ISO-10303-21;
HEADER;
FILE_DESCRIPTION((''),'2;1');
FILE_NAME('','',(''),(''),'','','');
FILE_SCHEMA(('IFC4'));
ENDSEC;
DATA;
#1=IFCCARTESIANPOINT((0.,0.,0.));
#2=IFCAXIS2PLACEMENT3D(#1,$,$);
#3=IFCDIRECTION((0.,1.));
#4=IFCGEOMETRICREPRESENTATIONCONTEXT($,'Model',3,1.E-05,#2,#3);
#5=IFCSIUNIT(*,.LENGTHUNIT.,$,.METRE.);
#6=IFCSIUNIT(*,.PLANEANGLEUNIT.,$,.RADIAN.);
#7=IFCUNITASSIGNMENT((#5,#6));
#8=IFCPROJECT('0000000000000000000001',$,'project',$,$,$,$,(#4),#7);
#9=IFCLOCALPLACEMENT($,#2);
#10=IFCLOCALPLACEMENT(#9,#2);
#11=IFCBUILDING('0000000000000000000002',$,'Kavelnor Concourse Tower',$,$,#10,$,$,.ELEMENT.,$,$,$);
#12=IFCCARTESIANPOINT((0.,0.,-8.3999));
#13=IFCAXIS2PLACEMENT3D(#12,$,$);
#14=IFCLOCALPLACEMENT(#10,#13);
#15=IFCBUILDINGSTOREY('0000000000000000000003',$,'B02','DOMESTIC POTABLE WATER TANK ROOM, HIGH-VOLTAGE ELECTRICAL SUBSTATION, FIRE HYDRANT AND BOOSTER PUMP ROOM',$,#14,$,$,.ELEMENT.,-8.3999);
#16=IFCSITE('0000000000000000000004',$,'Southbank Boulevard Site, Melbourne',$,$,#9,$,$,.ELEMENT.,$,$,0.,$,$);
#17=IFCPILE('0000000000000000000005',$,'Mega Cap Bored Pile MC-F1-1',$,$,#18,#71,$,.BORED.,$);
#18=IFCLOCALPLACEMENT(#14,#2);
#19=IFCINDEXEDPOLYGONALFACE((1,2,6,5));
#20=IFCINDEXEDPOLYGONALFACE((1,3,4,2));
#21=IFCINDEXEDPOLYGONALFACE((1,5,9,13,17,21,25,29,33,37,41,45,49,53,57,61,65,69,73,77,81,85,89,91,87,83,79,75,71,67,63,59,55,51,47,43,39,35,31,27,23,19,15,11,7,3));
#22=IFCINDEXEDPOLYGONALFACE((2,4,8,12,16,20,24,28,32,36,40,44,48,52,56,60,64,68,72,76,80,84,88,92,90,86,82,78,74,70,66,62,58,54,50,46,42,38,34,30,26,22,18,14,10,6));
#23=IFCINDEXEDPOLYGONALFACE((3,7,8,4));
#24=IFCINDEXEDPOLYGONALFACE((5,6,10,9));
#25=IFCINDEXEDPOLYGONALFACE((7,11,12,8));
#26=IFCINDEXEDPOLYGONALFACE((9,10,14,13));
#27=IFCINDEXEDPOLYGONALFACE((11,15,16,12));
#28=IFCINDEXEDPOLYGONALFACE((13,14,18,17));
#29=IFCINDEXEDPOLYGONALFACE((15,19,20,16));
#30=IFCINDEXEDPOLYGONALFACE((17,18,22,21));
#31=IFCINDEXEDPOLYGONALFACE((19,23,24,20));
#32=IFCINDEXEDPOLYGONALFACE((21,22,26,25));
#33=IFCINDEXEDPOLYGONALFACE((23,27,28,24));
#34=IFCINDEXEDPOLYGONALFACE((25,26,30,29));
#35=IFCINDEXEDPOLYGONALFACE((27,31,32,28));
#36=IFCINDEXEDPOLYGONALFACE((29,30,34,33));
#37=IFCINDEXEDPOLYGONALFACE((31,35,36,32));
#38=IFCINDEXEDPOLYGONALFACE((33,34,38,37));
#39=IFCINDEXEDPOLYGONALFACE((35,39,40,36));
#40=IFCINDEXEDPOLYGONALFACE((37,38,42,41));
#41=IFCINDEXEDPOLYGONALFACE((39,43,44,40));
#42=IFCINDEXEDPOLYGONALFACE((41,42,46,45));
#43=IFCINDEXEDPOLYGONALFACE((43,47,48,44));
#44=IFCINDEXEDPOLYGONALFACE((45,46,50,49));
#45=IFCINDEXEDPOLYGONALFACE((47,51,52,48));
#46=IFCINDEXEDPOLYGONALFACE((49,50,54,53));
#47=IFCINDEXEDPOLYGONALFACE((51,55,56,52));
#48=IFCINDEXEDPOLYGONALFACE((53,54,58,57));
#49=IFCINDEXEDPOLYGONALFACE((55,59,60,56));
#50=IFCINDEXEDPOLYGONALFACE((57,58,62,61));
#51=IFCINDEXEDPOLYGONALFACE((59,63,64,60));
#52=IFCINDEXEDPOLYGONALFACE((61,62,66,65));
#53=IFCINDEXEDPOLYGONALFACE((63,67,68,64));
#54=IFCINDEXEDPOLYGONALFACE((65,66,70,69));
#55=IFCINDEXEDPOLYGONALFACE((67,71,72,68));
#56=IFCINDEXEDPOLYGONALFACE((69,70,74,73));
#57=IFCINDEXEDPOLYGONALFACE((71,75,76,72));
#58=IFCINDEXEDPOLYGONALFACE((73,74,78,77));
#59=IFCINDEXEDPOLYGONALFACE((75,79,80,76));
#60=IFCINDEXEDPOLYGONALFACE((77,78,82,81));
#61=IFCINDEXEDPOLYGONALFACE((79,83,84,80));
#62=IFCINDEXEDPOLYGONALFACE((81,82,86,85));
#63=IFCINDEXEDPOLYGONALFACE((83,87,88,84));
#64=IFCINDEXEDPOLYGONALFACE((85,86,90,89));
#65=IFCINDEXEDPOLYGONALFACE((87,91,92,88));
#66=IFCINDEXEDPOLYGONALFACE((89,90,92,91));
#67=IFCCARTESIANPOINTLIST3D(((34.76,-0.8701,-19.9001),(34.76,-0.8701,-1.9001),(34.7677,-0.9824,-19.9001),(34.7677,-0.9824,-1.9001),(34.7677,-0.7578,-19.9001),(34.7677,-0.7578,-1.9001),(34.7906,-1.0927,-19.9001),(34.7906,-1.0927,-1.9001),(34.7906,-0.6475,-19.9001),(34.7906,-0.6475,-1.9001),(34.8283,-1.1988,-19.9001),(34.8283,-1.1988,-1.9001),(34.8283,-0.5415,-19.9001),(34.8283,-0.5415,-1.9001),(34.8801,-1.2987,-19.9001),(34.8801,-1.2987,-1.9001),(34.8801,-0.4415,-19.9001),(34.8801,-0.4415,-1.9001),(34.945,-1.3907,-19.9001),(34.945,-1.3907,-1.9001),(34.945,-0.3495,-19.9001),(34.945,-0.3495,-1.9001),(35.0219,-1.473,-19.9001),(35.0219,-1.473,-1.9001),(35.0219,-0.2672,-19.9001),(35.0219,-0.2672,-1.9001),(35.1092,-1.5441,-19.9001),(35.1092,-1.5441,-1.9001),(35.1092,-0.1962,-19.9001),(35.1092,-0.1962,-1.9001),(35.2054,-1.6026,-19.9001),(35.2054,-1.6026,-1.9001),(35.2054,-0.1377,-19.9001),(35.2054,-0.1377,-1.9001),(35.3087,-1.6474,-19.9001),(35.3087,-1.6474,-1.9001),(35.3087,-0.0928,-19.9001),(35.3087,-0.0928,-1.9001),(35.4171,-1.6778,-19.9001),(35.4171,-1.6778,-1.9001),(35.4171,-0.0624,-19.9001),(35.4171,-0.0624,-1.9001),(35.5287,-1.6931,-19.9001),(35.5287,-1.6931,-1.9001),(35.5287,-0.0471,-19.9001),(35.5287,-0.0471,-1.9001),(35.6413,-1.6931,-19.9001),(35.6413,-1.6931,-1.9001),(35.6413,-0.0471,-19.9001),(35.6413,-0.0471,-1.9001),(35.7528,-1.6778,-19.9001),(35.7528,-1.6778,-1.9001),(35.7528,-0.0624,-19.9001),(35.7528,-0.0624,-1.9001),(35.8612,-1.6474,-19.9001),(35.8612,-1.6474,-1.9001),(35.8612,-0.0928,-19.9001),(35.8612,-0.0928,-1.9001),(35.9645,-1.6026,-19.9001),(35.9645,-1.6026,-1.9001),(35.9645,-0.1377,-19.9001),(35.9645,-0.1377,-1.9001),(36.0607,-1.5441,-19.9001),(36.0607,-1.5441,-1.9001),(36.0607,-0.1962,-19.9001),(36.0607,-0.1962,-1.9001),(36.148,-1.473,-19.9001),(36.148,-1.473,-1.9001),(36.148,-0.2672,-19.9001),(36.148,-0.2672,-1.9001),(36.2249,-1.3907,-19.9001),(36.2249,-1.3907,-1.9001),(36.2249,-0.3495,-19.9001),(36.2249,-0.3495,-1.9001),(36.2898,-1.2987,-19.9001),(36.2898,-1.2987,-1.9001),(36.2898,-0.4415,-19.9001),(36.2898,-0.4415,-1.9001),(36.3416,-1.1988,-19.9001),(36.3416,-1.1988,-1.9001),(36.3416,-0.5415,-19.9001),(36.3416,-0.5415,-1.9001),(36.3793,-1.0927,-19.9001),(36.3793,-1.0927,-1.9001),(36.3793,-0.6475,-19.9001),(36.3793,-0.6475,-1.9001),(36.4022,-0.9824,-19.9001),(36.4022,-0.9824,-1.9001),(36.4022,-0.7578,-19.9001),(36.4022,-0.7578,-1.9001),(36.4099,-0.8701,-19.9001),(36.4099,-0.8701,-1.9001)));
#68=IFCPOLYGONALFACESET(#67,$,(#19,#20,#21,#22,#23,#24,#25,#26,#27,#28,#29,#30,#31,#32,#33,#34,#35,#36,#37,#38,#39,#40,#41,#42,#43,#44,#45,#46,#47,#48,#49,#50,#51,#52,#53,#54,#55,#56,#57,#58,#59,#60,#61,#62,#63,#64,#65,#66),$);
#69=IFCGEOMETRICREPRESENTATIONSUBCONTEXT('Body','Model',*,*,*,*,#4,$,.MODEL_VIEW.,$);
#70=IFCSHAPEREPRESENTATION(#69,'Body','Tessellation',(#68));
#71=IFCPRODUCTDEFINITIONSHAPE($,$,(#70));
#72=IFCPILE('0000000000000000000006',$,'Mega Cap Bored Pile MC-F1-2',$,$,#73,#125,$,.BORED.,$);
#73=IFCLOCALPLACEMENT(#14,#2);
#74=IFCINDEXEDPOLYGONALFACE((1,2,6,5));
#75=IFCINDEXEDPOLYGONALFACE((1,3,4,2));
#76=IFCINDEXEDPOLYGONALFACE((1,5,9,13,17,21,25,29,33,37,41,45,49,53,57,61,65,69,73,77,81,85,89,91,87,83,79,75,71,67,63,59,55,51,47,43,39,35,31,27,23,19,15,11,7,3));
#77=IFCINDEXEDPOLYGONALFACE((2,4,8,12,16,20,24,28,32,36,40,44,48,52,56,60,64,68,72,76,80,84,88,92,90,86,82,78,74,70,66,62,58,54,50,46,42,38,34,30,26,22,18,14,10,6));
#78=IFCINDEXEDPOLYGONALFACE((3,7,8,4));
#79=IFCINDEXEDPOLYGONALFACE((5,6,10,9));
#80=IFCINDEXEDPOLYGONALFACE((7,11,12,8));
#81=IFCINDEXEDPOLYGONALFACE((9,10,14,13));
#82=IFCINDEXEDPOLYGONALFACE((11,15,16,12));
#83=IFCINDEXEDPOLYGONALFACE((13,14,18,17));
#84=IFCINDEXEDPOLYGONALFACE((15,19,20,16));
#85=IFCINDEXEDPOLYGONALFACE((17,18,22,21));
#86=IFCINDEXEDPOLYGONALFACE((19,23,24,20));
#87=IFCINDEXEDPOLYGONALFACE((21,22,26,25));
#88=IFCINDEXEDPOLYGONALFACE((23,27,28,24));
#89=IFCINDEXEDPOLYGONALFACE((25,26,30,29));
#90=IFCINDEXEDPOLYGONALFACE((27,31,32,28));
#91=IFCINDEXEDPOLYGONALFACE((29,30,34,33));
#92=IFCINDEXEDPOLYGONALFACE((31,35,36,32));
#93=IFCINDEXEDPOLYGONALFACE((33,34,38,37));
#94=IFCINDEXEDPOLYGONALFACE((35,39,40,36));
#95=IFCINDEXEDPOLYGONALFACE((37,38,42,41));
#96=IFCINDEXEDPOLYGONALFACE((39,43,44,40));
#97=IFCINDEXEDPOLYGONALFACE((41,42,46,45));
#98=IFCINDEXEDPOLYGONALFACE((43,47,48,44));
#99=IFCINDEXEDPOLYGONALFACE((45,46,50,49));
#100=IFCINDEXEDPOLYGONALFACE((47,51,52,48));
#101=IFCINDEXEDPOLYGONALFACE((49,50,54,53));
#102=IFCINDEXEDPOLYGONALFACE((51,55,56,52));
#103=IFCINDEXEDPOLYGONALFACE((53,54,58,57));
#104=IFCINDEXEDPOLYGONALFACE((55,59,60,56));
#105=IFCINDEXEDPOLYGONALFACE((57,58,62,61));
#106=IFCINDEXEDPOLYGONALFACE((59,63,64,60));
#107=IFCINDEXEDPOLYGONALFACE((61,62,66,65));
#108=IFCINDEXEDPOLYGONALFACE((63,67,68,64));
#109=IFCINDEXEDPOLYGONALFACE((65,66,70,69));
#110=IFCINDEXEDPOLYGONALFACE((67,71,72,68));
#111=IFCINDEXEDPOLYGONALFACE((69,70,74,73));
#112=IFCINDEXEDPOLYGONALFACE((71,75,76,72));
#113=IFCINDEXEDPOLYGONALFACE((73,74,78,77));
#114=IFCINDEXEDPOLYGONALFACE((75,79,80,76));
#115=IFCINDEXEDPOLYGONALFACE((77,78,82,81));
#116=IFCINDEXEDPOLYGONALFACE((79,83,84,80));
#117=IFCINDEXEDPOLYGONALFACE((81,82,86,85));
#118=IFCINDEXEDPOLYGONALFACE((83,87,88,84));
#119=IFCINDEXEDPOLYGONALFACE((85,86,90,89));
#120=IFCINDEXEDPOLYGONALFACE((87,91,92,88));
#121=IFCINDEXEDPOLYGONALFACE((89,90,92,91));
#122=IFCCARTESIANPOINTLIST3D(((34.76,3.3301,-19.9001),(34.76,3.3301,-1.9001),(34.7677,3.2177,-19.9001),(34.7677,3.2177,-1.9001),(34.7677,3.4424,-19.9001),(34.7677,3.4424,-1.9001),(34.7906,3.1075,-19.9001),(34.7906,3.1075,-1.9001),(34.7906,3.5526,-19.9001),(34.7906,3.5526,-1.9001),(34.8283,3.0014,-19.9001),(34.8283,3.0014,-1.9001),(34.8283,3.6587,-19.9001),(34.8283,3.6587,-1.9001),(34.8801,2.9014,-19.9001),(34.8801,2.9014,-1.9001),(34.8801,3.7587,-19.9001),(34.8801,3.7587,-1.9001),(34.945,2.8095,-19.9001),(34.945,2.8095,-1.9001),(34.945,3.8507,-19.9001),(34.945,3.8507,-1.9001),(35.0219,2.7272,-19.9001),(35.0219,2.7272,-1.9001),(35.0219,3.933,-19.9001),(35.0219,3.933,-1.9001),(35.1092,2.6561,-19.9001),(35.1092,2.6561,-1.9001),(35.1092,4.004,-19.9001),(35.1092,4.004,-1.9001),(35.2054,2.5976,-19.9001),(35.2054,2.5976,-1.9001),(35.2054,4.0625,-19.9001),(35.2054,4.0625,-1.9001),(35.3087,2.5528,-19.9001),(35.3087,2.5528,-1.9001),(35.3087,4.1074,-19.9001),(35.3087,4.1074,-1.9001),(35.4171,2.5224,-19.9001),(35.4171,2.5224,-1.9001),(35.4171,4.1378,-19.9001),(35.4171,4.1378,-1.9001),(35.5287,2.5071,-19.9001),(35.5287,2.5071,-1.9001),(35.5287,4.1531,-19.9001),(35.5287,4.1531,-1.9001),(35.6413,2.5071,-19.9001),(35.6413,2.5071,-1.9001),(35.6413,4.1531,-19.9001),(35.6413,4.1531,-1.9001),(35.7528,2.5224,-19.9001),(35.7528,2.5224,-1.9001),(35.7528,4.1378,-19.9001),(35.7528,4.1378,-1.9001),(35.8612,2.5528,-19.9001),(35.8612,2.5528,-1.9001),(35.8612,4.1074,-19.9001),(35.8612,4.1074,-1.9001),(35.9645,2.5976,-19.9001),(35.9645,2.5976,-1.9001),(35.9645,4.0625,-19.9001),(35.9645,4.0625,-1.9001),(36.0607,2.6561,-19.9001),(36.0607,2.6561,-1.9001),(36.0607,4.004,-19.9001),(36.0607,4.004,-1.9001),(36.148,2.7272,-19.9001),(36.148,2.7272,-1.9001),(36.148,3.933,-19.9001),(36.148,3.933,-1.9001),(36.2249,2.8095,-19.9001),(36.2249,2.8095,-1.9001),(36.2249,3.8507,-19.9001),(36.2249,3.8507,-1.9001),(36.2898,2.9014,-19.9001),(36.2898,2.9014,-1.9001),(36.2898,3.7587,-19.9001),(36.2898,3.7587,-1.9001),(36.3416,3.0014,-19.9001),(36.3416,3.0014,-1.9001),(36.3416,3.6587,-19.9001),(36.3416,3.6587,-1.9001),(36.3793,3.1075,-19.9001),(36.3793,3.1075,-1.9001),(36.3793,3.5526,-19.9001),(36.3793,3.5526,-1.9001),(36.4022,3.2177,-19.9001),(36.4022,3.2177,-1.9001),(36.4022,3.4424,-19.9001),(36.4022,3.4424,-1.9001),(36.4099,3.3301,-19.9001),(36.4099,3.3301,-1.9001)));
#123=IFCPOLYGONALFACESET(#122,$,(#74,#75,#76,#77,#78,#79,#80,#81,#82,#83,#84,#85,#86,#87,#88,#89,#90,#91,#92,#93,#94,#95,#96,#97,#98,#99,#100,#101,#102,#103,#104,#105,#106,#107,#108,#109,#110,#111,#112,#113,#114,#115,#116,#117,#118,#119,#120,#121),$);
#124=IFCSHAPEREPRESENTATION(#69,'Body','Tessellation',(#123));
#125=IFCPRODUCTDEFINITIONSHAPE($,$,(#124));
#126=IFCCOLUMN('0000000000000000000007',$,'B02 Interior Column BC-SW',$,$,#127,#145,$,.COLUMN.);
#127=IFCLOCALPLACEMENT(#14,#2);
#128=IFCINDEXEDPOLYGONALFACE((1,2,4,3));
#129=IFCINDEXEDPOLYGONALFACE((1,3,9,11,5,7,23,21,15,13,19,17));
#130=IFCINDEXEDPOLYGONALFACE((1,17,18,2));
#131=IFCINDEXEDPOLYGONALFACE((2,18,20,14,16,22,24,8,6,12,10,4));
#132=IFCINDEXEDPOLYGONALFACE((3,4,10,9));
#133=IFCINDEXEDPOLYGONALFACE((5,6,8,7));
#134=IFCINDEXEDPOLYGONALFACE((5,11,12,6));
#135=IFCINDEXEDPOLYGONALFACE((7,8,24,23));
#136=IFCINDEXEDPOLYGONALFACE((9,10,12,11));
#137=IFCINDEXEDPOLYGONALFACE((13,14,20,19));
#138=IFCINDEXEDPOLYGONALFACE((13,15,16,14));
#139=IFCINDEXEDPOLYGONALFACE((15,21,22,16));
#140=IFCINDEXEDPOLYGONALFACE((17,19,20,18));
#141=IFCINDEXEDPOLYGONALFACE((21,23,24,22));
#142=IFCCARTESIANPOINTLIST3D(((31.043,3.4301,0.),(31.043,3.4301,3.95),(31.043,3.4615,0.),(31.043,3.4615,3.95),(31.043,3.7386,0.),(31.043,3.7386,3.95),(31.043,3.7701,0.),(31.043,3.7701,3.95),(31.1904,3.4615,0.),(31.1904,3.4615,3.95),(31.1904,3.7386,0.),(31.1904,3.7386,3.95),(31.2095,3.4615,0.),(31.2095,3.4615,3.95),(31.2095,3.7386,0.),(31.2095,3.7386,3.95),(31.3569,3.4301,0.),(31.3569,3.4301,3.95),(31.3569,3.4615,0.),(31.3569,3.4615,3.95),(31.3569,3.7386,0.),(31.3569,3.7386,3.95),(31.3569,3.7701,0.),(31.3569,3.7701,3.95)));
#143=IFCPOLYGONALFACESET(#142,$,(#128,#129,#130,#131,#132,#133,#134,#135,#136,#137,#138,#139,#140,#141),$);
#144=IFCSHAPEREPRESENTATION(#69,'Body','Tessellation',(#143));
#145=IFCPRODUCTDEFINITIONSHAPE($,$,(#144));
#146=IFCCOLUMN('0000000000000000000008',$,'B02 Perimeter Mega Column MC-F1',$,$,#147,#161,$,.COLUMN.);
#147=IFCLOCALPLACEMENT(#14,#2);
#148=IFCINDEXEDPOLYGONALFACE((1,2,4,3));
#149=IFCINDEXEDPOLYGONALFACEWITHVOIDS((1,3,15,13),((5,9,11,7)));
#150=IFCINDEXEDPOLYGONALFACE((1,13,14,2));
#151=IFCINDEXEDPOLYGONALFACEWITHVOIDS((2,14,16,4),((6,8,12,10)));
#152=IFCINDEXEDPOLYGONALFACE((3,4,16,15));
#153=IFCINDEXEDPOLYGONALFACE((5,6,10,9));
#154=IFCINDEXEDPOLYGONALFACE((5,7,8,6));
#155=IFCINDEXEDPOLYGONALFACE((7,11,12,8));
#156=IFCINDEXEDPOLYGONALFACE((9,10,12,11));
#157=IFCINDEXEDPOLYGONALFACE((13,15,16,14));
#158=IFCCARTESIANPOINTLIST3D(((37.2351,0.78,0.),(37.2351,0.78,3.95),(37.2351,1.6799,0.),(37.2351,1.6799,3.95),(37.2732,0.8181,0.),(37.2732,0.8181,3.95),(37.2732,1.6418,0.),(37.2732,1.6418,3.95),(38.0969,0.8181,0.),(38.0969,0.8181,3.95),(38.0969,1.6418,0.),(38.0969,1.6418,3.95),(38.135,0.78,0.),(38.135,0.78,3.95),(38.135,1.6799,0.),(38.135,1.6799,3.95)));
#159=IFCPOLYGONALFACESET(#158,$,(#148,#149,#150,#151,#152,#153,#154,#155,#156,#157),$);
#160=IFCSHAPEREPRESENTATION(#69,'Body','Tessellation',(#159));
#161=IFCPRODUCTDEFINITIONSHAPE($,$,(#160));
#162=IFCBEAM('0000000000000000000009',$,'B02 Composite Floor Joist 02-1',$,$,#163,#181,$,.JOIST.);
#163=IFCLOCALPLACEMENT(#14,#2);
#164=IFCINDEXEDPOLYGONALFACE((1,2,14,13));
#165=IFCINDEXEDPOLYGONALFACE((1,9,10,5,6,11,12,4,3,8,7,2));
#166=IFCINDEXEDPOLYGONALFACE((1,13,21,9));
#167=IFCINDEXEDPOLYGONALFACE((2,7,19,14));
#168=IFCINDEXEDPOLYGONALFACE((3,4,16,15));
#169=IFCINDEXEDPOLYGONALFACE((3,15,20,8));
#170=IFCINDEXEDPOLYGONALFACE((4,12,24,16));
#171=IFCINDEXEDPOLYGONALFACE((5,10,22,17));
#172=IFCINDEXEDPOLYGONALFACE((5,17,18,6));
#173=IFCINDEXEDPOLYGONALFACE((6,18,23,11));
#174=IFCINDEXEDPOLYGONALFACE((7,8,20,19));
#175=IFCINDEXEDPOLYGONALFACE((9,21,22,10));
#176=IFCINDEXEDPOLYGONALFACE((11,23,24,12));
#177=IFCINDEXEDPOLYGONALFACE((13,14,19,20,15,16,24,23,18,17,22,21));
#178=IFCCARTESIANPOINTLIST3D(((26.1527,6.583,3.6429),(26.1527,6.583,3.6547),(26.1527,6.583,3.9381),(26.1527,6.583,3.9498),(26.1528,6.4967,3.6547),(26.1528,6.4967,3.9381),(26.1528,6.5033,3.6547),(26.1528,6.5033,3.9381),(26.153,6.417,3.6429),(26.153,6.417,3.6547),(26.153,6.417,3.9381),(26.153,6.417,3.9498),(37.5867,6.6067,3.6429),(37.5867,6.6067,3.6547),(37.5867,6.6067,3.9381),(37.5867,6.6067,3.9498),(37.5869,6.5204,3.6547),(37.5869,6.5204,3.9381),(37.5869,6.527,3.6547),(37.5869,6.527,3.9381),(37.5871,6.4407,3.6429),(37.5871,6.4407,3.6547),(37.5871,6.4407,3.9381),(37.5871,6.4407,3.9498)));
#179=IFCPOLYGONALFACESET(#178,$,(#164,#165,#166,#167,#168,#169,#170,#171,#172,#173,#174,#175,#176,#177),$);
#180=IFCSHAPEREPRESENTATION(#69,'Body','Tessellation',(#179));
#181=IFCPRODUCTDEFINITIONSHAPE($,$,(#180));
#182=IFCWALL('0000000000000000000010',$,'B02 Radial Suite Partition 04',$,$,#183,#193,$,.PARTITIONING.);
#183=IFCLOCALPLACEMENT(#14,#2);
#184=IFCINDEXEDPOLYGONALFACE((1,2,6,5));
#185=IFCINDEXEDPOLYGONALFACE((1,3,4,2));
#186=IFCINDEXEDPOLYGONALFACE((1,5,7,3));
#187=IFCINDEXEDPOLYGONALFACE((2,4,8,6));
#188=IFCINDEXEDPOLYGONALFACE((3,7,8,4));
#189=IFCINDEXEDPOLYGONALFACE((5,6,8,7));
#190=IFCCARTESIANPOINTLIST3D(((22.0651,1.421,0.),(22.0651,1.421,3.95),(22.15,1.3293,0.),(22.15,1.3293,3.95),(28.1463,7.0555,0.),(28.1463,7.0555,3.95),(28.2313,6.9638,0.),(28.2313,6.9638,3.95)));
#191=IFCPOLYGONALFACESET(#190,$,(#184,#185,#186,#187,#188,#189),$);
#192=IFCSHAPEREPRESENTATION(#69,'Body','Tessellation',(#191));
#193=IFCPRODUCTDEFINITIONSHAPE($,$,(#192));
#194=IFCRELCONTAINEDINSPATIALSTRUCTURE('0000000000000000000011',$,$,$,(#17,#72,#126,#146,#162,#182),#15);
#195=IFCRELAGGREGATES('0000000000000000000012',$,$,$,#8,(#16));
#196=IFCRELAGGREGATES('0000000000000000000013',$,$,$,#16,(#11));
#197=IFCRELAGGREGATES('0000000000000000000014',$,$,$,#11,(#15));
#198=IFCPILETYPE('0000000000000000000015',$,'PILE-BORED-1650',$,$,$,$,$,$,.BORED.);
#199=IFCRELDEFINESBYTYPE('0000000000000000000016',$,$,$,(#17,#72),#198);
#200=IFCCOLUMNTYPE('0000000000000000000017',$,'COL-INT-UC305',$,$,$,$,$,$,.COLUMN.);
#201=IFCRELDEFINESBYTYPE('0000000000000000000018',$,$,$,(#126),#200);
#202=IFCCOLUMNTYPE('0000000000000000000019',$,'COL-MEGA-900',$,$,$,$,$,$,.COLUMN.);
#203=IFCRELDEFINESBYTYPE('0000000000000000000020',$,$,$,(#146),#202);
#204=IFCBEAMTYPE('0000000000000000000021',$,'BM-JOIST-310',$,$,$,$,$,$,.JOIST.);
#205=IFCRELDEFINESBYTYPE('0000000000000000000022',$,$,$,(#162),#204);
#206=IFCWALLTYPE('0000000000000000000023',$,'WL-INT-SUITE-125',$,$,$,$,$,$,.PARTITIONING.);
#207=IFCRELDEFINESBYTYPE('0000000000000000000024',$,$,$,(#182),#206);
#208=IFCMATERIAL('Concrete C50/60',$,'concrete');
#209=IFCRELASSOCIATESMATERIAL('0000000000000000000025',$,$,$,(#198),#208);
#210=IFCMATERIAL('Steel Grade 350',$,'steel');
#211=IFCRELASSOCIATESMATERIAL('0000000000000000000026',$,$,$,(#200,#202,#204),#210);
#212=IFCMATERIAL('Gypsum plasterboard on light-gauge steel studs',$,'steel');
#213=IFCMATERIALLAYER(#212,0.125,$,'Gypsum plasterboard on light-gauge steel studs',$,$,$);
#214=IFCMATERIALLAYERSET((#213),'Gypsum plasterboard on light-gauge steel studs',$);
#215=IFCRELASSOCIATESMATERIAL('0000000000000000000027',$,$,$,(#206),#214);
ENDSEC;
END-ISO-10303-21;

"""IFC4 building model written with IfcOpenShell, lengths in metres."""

from ifc_helpers import new_model, si_unit, direction, frame, frame_2d, origin, origin_2d, place, context, subcontext, project, spatial, rectangle, hollow_rectangle, circle, i_section, extrude, material, layer, layer_set, material_profile, profile_set, type_object, element, save


model = new_model("IFC4")

# Units and contexts
model_context = context("Model", 3, precision=1e-05, world=origin(), true_north=direction((0.0, 1.0)))
body_context = subcontext(model_context, "Body", "Model", "MODEL_VIEW")
ifc_project = project(units=[si_unit("LENGTHUNIT", "METRE"), si_unit("PLANEANGLEUNIT", "RADIAN")], contexts=[model_context])

# Site, building, storey
site_placement = place(None, origin())
site = spatial("IfcSite", under=ifc_project, at=site_placement, Name="Southbank Boulevard Site, Melbourne", CompositionType="ELEMENT", RefElevation=0.0)
building_placement = place(site_placement, origin())
building = spatial("IfcBuilding", under=site, at=building_placement, Name="Kavelnor Concourse Tower", CompositionType="ELEMENT")
storey_placement = place(building_placement, frame((0.0, 0.0, -8.3999)))
storey = spatial("IfcBuildingStorey", under=building, at=storey_placement, Name="B02", Description="DOMESTIC POTABLE WATER TANK ROOM, HIGH-VOLTAGE ELECTRICAL SUBSTATION, FIRE HYDRANT AND BOOSTER PUMP ROOM", CompositionType="ELEMENT", Elevation=-8.3999)

# Shared definitions
ifc_material_1 = material(Name="Concrete C50/60", Category="concrete")

# Piles
ifc_material_profile_1 = material_profile(ifc_material_1, circle(Radius=0.825, at=origin_2d()), Name="PILE-D1650")
ifc_profile_set_1 = profile_set([ifc_material_profile_1], Name="Concrete C50/60")
pile_type_1 = type_object("IfcPileType", Name="PILE-BORED-1650", PredefinedType="BORED", material=ifc_profile_set_1)
for number, where, z_axis, x_axis, name in (
    (1, (35.585, -0.8701, -1.9001), (0.0, 0.0, -1.0), (1.0, 0.0, 0.0), "Mega Cap Bored Pile MC-F1-1"),
    (2, (35.585, 3.3301, -1.9001), (0.0, 0.0, -1.0), (1.0, 0.0, 0.0), "Mega Cap Bored Pile MC-F1-2"),
):
    element("IfcPile", number, at=place(storey_placement, frame(where, z_axis=z_axis, x_axis=x_axis)), inside=storey, type_object=pile_type_1, Name=name, PredefinedType="BORED", context=body_context, shape_type="SweptSolid", body=[
        extrude(circle(Radius=0.825, at=origin_2d()), origin(), (0.0, 0.0, 1.0), 18.0),
    ])

# Columns
ifc_material_2 = material(Name="Steel Grade 350", Category="steel")
ifc_material_profile_2 = material_profile(ifc_material_2, i_section(OverallWidth=0.314, OverallDepth=0.3401, WebThickness=0.019, FlangeThickness=0.0315, at=origin_2d()), Name="UC 305x305x198")
ifc_profile_set_2 = profile_set([ifc_material_profile_2], Name="Steel Grade 350")
column_type_1 = type_object("IfcColumnType", Name="COL-INT-UC305", PredefinedType="COLUMN", material=ifc_profile_set_2)
column_1_placement = place(storey_placement, frame((31.2, 3.6001, 0.0), z_axis=(0.0, 0.0, 1.0), x_axis=(1.0, 0.0, 0.0)))
element("IfcColumn", 3, at=column_1_placement, inside=storey, type_object=column_type_1, Name="B02 Interior Column BC-SW", PredefinedType="COLUMN", context=body_context, shape_type="SweptSolid", body=[
    extrude(i_section(OverallWidth=0.314, OverallDepth=0.3401, WebThickness=0.019, FlangeThickness=0.0315, at=origin_2d()), origin(), (0.0, 0.0, 1.0), 3.95),
])
ifc_material_profile_3 = material_profile(ifc_material_2, hollow_rectangle(XDim=0.8999, YDim=0.8999, WallThickness=0.0381, at=origin_2d()), Name="SHS 900x900x38")
ifc_profile_set_3 = profile_set([ifc_material_profile_3], Name="Steel Grade 350")
column_type_2 = type_object("IfcColumnType", Name="COL-MEGA-900", PredefinedType="COLUMN", material=ifc_profile_set_3)
column_2_placement = place(storey_placement, frame((37.6851, 1.23, 0.0), z_axis=(0.0, 0.0, 1.0), x_axis=(1.0, 0.0, 0.0)))
element("IfcColumn", 4, at=column_2_placement, inside=storey, type_object=column_type_2, Name="B02 Perimeter Mega Column MC-F1", PredefinedType="COLUMN", context=body_context, shape_type="SweptSolid", body=[
    extrude(hollow_rectangle(XDim=0.8999, YDim=0.8999, WallThickness=0.0381, at=origin_2d()), origin(), (0.0, 0.0, 1.0), 3.95),
])

# Beam
ifc_material_profile_4 = material_profile(ifc_material_2, i_section(OverallWidth=0.166, OverallDepth=0.3069, WebThickness=0.0066, FlangeThickness=0.0117, at=origin_2d()), Name="310UB46")
ifc_profile_set_4 = profile_set([ifc_material_profile_4], Name="Steel Grade 350")
beam_type = type_object("IfcBeamType", Name="BM-JOIST-310", PredefinedType="JOIST", material=ifc_profile_set_4)
beam_placement = place(storey_placement, frame((26.1528, 6.5, 3.7964), z_axis=(0.999998, 0.002071, 0.0), x_axis=(-0.002071, 0.999998, 0.0)))
element("IfcBeam", 5, at=beam_placement, inside=storey, type_object=beam_type, Name="B02 Composite Floor Joist 02-1", PredefinedType="JOIST", context=body_context, shape_type="SweptSolid", body=[
    extrude(i_section(OverallWidth=0.166, OverallDepth=0.3069, WebThickness=0.0066, FlangeThickness=0.0117, at=origin_2d()), origin(), (0.0, 0.0, 1.0), 11.4341),
])

# Wall
ifc_material_3 = material(Name="Gypsum plasterboard on light-gauge steel studs", Category="steel")
ifc_layer = layer(ifc_material_3, 0.125, Name="Gypsum plasterboard on light-gauge steel studs")
ifc_layer_set = layer_set([ifc_layer], Name="Gypsum plasterboard on light-gauge steel studs")
wall_type = type_object("IfcWallType", Name="WL-INT-SUITE-125", PredefinedType="PARTITIONING", material=ifc_layer_set)
wall_placement = place(storey_placement, frame((28.1887, 7.0095, 0.0), z_axis=(0.0, 0.0, 1.0), x_axis=(-0.733539, -0.679648, 0.0)))
element("IfcWall", 6, at=wall_placement, inside=storey, type_object=wall_type, Name="B02 Radial Suite Partition 04", PredefinedType="PARTITIONING", context=body_context, shape_type="SweptSolid", body=[
    extrude(rectangle(XDim=8.2903, YDim=0.125, at=frame_2d((4.145, 0.0))), origin(), (0.0, 0.0, 1.0), 3.95),
])

save(model, "model.ifc")
